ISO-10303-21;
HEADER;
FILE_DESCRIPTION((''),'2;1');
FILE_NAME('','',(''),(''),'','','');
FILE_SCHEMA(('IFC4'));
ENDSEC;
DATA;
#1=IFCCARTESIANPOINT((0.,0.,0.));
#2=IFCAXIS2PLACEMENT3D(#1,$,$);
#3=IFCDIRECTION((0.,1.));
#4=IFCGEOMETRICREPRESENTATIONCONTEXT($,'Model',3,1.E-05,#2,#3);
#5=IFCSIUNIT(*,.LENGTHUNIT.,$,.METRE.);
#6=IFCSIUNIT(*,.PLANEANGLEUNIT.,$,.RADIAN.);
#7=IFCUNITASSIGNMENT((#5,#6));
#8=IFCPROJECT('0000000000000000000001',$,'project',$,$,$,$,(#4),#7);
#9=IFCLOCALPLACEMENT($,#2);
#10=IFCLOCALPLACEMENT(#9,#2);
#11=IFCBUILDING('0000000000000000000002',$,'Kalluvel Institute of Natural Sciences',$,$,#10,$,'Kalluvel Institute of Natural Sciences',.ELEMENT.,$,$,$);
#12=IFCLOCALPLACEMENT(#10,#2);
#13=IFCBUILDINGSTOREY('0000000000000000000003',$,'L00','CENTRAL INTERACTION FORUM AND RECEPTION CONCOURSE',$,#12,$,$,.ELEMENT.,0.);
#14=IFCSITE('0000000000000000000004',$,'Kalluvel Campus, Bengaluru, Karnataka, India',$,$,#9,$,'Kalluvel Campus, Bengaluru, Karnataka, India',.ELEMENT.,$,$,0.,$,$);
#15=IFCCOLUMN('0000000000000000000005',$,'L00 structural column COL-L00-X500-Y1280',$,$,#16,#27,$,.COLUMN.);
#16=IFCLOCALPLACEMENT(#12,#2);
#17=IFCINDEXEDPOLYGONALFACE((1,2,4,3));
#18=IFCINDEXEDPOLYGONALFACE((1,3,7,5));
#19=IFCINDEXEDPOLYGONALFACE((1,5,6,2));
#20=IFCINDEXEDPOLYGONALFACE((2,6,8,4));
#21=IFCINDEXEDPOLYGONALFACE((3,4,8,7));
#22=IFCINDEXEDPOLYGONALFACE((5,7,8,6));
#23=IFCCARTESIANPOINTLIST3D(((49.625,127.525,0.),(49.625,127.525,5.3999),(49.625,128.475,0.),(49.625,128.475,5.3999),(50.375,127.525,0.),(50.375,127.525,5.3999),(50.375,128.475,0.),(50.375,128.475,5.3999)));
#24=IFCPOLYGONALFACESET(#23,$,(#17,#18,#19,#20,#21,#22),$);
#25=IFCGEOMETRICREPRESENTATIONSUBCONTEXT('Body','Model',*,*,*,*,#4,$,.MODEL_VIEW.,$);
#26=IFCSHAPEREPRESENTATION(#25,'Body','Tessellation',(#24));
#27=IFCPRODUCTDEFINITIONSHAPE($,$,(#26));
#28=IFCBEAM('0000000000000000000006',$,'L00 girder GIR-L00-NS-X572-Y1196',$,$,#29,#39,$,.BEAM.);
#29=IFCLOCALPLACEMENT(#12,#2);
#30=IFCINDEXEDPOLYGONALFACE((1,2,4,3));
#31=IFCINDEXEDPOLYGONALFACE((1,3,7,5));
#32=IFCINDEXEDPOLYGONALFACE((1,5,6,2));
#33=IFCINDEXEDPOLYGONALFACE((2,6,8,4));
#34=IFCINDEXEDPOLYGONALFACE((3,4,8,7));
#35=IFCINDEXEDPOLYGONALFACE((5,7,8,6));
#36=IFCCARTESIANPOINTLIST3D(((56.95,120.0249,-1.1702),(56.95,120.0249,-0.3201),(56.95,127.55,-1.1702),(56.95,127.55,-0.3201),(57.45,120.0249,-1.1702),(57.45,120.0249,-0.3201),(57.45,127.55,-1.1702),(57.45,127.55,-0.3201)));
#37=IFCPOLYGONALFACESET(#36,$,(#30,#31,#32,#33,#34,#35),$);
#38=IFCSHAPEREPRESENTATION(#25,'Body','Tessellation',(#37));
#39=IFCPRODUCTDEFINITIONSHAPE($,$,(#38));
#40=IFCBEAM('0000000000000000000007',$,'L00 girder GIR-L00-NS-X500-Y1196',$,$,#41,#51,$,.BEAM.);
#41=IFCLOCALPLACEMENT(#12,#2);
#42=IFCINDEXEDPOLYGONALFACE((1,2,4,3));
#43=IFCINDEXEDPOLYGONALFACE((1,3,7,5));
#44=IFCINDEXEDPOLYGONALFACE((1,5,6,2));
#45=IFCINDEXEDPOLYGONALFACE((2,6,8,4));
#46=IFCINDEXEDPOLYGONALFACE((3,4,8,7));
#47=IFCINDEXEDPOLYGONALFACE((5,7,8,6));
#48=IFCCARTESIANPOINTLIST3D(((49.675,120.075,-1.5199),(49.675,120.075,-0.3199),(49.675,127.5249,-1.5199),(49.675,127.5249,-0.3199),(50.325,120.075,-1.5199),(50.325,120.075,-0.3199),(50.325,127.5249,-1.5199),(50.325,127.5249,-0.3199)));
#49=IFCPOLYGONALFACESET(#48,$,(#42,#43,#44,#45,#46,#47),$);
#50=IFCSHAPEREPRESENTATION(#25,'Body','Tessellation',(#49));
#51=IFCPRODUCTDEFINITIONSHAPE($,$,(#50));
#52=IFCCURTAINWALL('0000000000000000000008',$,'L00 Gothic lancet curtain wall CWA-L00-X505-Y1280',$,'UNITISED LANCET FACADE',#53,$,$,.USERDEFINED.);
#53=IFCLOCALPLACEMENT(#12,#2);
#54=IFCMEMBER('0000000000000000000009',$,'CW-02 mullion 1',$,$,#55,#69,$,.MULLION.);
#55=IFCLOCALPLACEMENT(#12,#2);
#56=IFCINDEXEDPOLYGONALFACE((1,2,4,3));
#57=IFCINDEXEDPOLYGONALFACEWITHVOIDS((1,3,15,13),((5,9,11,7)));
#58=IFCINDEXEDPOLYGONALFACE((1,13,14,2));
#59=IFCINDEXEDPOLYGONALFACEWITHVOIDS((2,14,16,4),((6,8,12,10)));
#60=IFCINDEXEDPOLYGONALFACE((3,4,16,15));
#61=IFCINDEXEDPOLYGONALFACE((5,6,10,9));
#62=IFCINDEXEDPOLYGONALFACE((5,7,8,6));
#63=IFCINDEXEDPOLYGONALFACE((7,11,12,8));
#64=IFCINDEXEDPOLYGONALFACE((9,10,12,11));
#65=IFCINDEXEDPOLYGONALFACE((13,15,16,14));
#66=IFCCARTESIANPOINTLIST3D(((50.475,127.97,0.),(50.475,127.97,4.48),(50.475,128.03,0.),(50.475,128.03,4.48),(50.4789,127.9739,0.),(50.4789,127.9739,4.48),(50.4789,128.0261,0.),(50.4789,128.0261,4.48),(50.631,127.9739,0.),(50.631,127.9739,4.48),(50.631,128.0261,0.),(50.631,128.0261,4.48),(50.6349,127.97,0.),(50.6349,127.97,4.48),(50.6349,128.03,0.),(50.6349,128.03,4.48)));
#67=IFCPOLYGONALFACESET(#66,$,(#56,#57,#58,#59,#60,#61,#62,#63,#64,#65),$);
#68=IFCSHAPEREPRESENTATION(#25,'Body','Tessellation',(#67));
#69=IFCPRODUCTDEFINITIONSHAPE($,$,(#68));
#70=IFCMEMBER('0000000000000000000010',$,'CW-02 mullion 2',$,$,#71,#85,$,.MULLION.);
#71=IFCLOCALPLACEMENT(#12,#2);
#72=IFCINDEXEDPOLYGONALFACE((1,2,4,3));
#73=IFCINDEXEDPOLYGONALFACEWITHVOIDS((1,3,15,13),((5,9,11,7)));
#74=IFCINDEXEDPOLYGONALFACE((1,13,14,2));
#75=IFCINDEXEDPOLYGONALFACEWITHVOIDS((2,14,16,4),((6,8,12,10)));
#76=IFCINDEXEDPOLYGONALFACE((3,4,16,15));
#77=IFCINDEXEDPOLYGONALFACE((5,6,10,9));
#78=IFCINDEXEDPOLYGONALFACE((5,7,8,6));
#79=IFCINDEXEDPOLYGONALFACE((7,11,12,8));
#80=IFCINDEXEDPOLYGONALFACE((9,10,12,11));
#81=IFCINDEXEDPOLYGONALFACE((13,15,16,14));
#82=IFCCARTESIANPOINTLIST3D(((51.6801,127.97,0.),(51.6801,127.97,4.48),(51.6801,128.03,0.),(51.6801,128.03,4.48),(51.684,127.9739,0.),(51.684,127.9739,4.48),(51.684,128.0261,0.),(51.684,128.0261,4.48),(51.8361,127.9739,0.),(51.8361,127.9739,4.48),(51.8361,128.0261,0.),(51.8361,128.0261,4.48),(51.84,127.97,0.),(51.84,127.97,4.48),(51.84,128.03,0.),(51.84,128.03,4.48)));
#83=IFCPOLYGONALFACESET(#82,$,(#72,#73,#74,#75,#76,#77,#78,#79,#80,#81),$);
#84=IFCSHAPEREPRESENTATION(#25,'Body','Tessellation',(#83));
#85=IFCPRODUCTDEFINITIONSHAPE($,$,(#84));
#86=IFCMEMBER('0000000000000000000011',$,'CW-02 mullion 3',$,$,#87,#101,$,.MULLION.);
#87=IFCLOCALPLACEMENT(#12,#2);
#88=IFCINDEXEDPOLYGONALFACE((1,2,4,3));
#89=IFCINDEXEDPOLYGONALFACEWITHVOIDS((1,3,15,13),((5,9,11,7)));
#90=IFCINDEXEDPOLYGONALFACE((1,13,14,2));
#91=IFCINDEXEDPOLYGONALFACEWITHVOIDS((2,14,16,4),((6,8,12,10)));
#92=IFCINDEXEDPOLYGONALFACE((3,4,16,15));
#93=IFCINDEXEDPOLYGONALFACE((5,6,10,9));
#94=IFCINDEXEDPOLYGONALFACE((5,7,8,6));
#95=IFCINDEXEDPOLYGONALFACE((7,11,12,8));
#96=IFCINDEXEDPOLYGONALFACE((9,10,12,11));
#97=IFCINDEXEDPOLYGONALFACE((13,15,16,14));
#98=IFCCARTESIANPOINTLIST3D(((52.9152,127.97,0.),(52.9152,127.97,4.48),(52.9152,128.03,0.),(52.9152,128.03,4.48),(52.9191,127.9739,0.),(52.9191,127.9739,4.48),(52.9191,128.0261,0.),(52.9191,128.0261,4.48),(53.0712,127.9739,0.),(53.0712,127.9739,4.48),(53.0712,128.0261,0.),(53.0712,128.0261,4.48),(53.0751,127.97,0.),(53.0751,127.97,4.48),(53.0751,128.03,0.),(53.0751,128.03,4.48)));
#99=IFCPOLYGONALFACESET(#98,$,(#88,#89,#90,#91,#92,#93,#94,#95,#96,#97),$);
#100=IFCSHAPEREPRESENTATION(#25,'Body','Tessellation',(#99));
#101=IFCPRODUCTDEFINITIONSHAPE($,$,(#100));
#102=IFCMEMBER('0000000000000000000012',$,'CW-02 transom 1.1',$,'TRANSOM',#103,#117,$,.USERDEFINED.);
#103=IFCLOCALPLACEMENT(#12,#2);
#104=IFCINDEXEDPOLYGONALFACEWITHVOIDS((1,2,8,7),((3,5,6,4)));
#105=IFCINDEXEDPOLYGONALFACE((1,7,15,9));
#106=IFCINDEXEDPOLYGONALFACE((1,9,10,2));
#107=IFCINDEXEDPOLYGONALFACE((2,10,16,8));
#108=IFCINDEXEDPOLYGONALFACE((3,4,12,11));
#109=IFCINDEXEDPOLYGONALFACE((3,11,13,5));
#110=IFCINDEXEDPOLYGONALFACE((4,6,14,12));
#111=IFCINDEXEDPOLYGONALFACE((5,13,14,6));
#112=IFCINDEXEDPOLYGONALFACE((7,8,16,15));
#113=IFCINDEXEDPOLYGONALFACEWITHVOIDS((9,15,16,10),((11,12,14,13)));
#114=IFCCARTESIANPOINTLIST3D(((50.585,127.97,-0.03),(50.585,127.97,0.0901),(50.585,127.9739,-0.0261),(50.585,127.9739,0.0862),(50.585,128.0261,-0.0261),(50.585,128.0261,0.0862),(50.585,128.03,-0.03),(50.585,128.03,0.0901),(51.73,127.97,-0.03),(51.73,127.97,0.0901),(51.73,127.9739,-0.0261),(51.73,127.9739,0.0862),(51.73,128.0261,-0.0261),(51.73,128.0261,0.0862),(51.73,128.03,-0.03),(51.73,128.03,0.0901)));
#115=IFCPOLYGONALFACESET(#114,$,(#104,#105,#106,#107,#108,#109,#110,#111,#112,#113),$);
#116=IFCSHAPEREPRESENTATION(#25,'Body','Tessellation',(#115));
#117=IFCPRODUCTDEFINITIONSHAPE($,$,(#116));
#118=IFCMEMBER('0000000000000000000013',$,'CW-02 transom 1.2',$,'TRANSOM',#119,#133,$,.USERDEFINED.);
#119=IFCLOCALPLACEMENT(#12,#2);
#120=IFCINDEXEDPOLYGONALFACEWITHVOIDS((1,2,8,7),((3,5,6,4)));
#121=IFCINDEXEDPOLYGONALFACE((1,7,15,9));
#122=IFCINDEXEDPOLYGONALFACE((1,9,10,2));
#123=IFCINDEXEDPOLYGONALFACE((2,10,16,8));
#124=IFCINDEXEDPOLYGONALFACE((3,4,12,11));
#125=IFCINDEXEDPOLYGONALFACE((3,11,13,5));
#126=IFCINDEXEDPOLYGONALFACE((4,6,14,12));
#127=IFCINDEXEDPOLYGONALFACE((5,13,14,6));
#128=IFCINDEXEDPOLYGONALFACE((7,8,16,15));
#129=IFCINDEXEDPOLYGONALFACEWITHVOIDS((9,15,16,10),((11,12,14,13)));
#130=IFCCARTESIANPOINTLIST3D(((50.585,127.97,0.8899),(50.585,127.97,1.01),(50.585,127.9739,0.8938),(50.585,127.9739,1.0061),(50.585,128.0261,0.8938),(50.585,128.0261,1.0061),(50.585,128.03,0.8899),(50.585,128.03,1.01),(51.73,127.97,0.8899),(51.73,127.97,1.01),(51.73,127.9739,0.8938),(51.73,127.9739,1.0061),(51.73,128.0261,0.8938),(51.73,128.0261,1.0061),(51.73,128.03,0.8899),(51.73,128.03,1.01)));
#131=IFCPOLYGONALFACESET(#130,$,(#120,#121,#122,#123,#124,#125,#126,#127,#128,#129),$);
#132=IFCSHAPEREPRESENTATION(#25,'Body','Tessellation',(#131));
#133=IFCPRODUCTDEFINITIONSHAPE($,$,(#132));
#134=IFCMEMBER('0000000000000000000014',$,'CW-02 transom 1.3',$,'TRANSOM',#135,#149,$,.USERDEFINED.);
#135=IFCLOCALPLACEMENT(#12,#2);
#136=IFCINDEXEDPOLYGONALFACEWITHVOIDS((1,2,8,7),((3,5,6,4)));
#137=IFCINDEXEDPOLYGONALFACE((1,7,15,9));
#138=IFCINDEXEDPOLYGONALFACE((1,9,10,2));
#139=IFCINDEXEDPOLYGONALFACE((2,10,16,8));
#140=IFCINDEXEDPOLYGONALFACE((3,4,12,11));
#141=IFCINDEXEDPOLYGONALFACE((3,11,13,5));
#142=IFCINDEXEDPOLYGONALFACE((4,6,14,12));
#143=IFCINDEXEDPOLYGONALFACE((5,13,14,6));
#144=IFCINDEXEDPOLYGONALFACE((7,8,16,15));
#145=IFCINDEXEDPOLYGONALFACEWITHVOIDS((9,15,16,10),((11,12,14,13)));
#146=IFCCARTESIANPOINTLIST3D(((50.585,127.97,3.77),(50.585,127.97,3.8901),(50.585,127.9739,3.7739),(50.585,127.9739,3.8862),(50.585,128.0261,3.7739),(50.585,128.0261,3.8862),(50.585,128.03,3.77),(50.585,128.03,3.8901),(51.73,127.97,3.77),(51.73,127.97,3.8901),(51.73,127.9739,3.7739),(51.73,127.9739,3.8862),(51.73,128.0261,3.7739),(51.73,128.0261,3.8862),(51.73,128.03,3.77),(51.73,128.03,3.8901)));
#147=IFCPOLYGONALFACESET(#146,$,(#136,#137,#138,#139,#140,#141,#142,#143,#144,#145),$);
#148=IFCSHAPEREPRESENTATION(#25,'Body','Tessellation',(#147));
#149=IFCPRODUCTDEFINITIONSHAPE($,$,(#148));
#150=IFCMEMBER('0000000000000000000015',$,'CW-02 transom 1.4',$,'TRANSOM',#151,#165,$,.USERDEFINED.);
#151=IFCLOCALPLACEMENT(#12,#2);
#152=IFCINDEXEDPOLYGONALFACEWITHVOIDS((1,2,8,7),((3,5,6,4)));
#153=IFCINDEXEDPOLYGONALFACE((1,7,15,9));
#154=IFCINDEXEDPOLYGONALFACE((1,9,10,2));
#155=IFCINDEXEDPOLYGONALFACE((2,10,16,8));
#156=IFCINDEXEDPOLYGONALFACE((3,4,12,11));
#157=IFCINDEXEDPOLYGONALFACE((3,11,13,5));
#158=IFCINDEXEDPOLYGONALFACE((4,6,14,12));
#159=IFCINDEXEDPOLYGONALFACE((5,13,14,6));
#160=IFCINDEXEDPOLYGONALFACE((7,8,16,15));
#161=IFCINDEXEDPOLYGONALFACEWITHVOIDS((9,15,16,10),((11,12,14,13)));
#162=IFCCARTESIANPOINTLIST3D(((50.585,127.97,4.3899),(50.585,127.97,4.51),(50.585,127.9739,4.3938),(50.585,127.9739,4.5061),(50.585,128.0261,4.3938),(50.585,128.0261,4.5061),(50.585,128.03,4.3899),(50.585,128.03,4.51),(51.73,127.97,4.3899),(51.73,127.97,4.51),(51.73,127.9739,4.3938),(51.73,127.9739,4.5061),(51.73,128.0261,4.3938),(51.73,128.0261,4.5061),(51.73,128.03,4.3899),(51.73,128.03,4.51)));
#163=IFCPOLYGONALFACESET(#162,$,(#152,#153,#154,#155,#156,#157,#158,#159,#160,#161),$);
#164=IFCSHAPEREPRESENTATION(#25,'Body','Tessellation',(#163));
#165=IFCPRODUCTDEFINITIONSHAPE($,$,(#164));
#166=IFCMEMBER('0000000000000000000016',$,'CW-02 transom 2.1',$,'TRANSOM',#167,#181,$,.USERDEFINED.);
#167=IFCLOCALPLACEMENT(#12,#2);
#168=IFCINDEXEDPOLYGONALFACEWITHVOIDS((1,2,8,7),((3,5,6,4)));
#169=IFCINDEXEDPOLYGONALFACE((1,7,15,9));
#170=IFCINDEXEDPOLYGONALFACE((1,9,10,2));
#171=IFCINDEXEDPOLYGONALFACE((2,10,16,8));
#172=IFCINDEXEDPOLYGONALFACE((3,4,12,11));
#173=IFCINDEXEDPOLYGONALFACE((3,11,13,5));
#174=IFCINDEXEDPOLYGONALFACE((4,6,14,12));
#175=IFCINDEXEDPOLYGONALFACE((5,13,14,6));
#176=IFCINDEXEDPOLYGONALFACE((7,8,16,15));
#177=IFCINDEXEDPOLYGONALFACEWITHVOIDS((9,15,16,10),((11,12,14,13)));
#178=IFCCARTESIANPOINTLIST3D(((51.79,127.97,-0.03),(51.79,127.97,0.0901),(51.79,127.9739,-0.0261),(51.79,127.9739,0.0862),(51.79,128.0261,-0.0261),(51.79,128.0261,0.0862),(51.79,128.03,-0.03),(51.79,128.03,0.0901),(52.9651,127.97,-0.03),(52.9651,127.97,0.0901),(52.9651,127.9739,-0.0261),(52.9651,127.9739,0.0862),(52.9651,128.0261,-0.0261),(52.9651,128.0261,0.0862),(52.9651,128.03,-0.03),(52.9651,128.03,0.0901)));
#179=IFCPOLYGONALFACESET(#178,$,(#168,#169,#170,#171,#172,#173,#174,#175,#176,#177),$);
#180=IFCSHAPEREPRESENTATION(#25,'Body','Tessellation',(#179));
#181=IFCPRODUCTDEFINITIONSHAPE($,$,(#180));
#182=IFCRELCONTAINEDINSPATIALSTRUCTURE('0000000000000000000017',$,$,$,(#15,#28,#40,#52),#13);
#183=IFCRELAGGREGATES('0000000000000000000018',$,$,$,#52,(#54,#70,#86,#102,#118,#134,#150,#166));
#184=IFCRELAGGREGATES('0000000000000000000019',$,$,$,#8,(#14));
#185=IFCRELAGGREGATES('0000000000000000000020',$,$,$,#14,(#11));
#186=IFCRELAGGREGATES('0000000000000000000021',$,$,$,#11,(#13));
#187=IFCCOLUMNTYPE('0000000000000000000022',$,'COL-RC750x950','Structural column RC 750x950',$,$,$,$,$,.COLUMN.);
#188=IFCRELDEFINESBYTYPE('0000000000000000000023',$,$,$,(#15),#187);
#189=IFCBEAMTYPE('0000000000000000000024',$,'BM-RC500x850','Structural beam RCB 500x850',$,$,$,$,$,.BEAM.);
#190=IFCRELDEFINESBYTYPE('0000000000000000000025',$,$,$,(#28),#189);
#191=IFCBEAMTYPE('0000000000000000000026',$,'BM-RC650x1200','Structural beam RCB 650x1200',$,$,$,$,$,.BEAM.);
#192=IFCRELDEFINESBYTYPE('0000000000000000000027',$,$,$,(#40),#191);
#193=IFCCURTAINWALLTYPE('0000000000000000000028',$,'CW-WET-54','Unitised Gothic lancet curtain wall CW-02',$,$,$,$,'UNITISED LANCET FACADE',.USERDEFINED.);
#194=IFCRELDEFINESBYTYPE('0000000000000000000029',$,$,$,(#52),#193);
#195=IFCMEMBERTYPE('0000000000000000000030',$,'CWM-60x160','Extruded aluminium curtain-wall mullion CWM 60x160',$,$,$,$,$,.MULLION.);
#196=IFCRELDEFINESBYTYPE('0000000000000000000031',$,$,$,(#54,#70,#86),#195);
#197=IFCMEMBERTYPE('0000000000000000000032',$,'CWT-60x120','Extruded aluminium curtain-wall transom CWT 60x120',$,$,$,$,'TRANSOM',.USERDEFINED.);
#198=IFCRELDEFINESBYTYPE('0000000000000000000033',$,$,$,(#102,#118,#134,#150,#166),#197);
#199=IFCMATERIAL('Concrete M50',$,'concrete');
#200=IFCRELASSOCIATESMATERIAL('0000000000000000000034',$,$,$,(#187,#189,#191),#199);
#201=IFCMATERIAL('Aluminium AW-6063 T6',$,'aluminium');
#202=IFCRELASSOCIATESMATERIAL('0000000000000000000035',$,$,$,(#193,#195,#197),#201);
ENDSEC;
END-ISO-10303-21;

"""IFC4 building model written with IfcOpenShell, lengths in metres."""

from ifc_helpers import new_model, si_unit, direction, frame, origin, origin_2d, place, context, subcontext, project, spatial, rectangle, hollow_rectangle, extrude, material, material_profile, profile_set, type_object, element, aggregate, save


model = new_model("IFC4")

# Units and contexts
model_context = context("Model", 3, precision=1e-05, world=origin(), true_north=direction((0.0, 1.0)))
body_context = subcontext(model_context, "Body", "Model", "MODEL_VIEW")
ifc_project = project(units=[si_unit("LENGTHUNIT", "METRE"), si_unit("PLANEANGLEUNIT", "RADIAN")], contexts=[model_context])

# Site, building, storey
site_placement = place(None, origin())
site = spatial("IfcSite", under=ifc_project, at=site_placement, Name="Kalluvel Campus, Bengaluru, Karnataka, India", LongName="Kalluvel Campus, Bengaluru, Karnataka, India", CompositionType="ELEMENT", RefElevation=0.0)
building_placement = place(site_placement, origin())
building = spatial("IfcBuilding", under=site, at=building_placement, Name="Kalluvel Institute of Natural Sciences", LongName="Kalluvel Institute of Natural Sciences", CompositionType="ELEMENT")
storey_placement = place(building_placement, origin())
storey = spatial("IfcBuildingStorey", under=building, at=storey_placement, Name="L00", Description="CENTRAL INTERACTION FORUM AND RECEPTION CONCOURSE", CompositionType="ELEMENT", Elevation=0.0)

# Column
ifc_material_1 = material(Name="Concrete M50", Category="concrete")
ifc_material_profile_1 = material_profile(ifc_material_1, rectangle(XDim=0.75, YDim=0.95, at=origin_2d()), Name="RC 750x950")
ifc_profile_set_1 = profile_set([ifc_material_profile_1], Name="Concrete M50")
column_type = type_object("IfcColumnType", Name="COL-RC750x950", Description="Structural column RC 750x950", PredefinedType="COLUMN", material=ifc_profile_set_1)
column_placement = place(storey_placement, frame((50.0, 128.0, 0.0), z_axis=(0.0, 0.0, 1.0), x_axis=(1.0, 0.0, 0.0)))
element("IfcColumn", 1, at=column_placement, inside=storey, type_object=column_type, Name="L00 structural column COL-L00-X500-Y1280", PredefinedType="COLUMN", context=body_context, shape_type="SweptSolid", body=[
    extrude(rectangle(XDim=0.75, YDim=0.95, at=origin_2d()), origin(), (0.0, 0.0, 1.0), 5.3999),
])

# Beams
ifc_material_profile_2 = material_profile(ifc_material_1, rectangle(XDim=0.5, YDim=0.8501, at=origin_2d()), Name="RCB 500x850")
ifc_profile_set_2 = profile_set([ifc_material_profile_2], Name="Concrete M50")
beam_type_1 = type_object("IfcBeamType", Name="BM-RC500x850", Description="Structural beam RCB 500x850", PredefinedType="BEAM", material=ifc_profile_set_2)
beam_1_placement = place(storey_placement, frame((57.2, 120.0249, -0.7451), z_axis=(0.0, 1.0, 0.0), x_axis=(-1.0, 0.0, 0.0)))
element("IfcBeam", 2, at=beam_1_placement, inside=storey, type_object=beam_type_1, Name="L00 girder GIR-L00-NS-X572-Y1196", PredefinedType="BEAM", context=body_context, shape_type="SweptSolid", body=[
    extrude(rectangle(XDim=0.5, YDim=0.8501, at=origin_2d()), origin(), (0.0, 0.0, 1.0), 7.5251),
])
ifc_material_profile_3 = material_profile(ifc_material_1, rectangle(XDim=0.6499, YDim=1.2, at=origin_2d()), Name="RCB 650x1200")
ifc_profile_set_3 = profile_set([ifc_material_profile_3], Name="Concrete M50")
beam_type_2 = type_object("IfcBeamType", Name="BM-RC650x1200", Description="Structural beam RCB 650x1200", PredefinedType="BEAM", material=ifc_profile_set_3)
beam_2_placement = place(storey_placement, frame((50.0, 120.075, -0.9199), z_axis=(0.0, 1.0, 0.0), x_axis=(-1.0, 0.0, 0.0)))
element("IfcBeam", 3, at=beam_2_placement, inside=storey, type_object=beam_type_2, Name="L00 girder GIR-L00-NS-X500-Y1196", PredefinedType="BEAM", context=body_context, shape_type="SweptSolid", body=[
    extrude(rectangle(XDim=0.6499, YDim=1.2, at=origin_2d()), origin(), (0.0, 0.0, 1.0), 7.45),
])

# Curtain wall, members
ifc_material_2 = material(Name="Aluminium AW-6063 T6", Category="aluminium")
curtain_wall_type = type_object("IfcCurtainWallType", Name="CW-WET-54", Description="Unitised Gothic lancet curtain wall CW-02", ElementType="UNITISED LANCET FACADE", PredefinedType="USERDEFINED", material=ifc_material_2)
curtain_wall_placement = place(storey_placement, origin())
curtain_wall = element("IfcCurtainWall", 4, at=curtain_wall_placement, inside=storey, type_object=curtain_wall_type, Name="L00 Gothic lancet curtain wall CWA-L00-X505-Y1280", ObjectType="UNITISED LANCET FACADE", PredefinedType="USERDEFINED")
ifc_material_profile_4 = material_profile(ifc_material_2, hollow_rectangle(XDim=0.0601, YDim=0.1599, WallThickness=0.0039, at=origin_2d()), Name="CWM 60x160")
ifc_profile_set_4 = profile_set([ifc_material_profile_4], Name="Aluminium AW-6063 T6")
member_type_1 = type_object("IfcMemberType", Name="CWM-60x160", Description="Extruded aluminium curtain-wall mullion CWM 60x160", PredefinedType="MULLION", material=ifc_profile_set_4)
member_1_placement = place(storey_placement, frame((50.5549, 128.0, 0.0), z_axis=(0.0, 0.0, 1.0), x_axis=(0.0, 1.0, 0.0)))
member_1 = element("IfcMember", 5, at=member_1_placement, type_object=member_type_1, Name="CW-02 mullion 1", PredefinedType="MULLION", context=body_context, shape_type="SweptSolid", body=[
    extrude(hollow_rectangle(XDim=0.0601, YDim=0.1599, WallThickness=0.0039, at=origin_2d()), origin(), (0.0, 0.0, 1.0), 4.48),
])
member_2_placement = place(storey_placement, frame((51.76, 128.0, 0.0), z_axis=(0.0, 0.0, 1.0), x_axis=(0.0, 1.0, 0.0)))
member_2 = element("IfcMember", 6, at=member_2_placement, type_object=member_type_1, Name="CW-02 mullion 2", PredefinedType="MULLION", context=body_context, shape_type="SweptSolid", body=[
    extrude(hollow_rectangle(XDim=0.0601, YDim=0.1599, WallThickness=0.0039, at=origin_2d()), origin(), (0.0, 0.0, 1.0), 4.48),
])
member_3_placement = place(storey_placement, frame((52.9951, 128.0, 0.0), z_axis=(0.0, 0.0, 1.0), x_axis=(0.0, 1.0, 0.0)))
member_3 = element("IfcMember", 7, at=member_3_placement, type_object=member_type_1, Name="CW-02 mullion 3", PredefinedType="MULLION", context=body_context, shape_type="SweptSolid", body=[
    extrude(hollow_rectangle(XDim=0.0601, YDim=0.1599, WallThickness=0.0039, at=origin_2d()), origin(), (0.0, 0.0, 1.0), 4.48),
])
ifc_material_profile_5 = material_profile(ifc_material_2, hollow_rectangle(XDim=0.0601, YDim=0.1201, WallThickness=0.0039, at=origin_2d()), Name="CWT 60x120")
ifc_profile_set_5 = profile_set([ifc_material_profile_5], Name="Aluminium AW-6063 T6")
member_type_2 = type_object("IfcMemberType", Name="CWT-60x120", Description="Extruded aluminium curtain-wall transom CWT 60x120", ElementType="TRANSOM", PredefinedType="USERDEFINED", material=ifc_profile_set_5)
member_4_placement = place(storey_placement, frame((50.585, 128.0, 0.03), z_axis=(1.0, 0.0, 0.0), x_axis=(0.0, 1.0, 0.0)))
member_4 = element("IfcMember", 8, at=member_4_placement, type_object=member_type_2, Name="CW-02 transom 1.1", ObjectType="TRANSOM", PredefinedType="USERDEFINED", context=body_context, shape_type="SweptSolid", body=[
    extrude(hollow_rectangle(XDim=0.0601, YDim=0.1201, WallThickness=0.0039, at=origin_2d()), origin(), (0.0, 0.0, 1.0), 1.145),
])
member_5_placement = place(storey_placement, frame((50.585, 128.0, 0.95), z_axis=(1.0, 0.0, 0.0), x_axis=(0.0, 1.0, 0.0)))
member_5 = element("IfcMember", 9, at=member_5_placement, type_object=member_type_2, Name="CW-02 transom 1.2", ObjectType="TRANSOM", PredefinedType="USERDEFINED", context=body_context, shape_type="SweptSolid", body=[
    extrude(hollow_rectangle(XDim=0.0601, YDim=0.1201, WallThickness=0.0039, at=origin_2d()), origin(), (0.0, 0.0, 1.0), 1.145),
])
member_6_placement = place(storey_placement, frame((50.585, 128.0, 3.8301), z_axis=(1.0, 0.0, 0.0), x_axis=(0.0, 1.0, 0.0)))
member_6 = element("IfcMember", 10, at=member_6_placement, type_object=member_type_2, Name="CW-02 transom 1.3", ObjectType="TRANSOM", PredefinedType="USERDEFINED", context=body_context, shape_type="SweptSolid", body=[
    extrude(hollow_rectangle(XDim=0.0601, YDim=0.1201, WallThickness=0.0039, at=origin_2d()), origin(), (0.0, 0.0, 1.0), 1.145),
])
member_7_placement = place(storey_placement, frame((50.585, 128.0, 4.45), z_axis=(1.0, 0.0, 0.0), x_axis=(0.0, 1.0, 0.0)))
member_7 = element("IfcMember", 11, at=member_7_placement, type_object=member_type_2, Name="CW-02 transom 1.4", ObjectType="TRANSOM", PredefinedType="USERDEFINED", context=body_context, shape_type="SweptSolid", body=[
    extrude(hollow_rectangle(XDim=0.0601, YDim=0.1201, WallThickness=0.0039, at=origin_2d()), origin(), (0.0, 0.0, 1.0), 1.145),
])
member_8_placement = place(storey_placement, frame((51.79, 128.0, 0.03), z_axis=(1.0, 0.0, 0.0), x_axis=(0.0, 1.0, 0.0)))
member_8 = element("IfcMember", 12, at=member_8_placement, type_object=member_type_2, Name="CW-02 transom 2.1", ObjectType="TRANSOM", PredefinedType="USERDEFINED", context=body_context, shape_type="SweptSolid", body=[
    extrude(hollow_rectangle(XDim=0.0601, YDim=0.1201, WallThickness=0.0039, at=origin_2d()), origin(), (0.0, 0.0, 1.0), 1.175),
])

aggregate(curtain_wall, [member_1, member_2, member_3, member_4, member_5, member_6, member_7, member_8])

save(model, "model.ifc")
